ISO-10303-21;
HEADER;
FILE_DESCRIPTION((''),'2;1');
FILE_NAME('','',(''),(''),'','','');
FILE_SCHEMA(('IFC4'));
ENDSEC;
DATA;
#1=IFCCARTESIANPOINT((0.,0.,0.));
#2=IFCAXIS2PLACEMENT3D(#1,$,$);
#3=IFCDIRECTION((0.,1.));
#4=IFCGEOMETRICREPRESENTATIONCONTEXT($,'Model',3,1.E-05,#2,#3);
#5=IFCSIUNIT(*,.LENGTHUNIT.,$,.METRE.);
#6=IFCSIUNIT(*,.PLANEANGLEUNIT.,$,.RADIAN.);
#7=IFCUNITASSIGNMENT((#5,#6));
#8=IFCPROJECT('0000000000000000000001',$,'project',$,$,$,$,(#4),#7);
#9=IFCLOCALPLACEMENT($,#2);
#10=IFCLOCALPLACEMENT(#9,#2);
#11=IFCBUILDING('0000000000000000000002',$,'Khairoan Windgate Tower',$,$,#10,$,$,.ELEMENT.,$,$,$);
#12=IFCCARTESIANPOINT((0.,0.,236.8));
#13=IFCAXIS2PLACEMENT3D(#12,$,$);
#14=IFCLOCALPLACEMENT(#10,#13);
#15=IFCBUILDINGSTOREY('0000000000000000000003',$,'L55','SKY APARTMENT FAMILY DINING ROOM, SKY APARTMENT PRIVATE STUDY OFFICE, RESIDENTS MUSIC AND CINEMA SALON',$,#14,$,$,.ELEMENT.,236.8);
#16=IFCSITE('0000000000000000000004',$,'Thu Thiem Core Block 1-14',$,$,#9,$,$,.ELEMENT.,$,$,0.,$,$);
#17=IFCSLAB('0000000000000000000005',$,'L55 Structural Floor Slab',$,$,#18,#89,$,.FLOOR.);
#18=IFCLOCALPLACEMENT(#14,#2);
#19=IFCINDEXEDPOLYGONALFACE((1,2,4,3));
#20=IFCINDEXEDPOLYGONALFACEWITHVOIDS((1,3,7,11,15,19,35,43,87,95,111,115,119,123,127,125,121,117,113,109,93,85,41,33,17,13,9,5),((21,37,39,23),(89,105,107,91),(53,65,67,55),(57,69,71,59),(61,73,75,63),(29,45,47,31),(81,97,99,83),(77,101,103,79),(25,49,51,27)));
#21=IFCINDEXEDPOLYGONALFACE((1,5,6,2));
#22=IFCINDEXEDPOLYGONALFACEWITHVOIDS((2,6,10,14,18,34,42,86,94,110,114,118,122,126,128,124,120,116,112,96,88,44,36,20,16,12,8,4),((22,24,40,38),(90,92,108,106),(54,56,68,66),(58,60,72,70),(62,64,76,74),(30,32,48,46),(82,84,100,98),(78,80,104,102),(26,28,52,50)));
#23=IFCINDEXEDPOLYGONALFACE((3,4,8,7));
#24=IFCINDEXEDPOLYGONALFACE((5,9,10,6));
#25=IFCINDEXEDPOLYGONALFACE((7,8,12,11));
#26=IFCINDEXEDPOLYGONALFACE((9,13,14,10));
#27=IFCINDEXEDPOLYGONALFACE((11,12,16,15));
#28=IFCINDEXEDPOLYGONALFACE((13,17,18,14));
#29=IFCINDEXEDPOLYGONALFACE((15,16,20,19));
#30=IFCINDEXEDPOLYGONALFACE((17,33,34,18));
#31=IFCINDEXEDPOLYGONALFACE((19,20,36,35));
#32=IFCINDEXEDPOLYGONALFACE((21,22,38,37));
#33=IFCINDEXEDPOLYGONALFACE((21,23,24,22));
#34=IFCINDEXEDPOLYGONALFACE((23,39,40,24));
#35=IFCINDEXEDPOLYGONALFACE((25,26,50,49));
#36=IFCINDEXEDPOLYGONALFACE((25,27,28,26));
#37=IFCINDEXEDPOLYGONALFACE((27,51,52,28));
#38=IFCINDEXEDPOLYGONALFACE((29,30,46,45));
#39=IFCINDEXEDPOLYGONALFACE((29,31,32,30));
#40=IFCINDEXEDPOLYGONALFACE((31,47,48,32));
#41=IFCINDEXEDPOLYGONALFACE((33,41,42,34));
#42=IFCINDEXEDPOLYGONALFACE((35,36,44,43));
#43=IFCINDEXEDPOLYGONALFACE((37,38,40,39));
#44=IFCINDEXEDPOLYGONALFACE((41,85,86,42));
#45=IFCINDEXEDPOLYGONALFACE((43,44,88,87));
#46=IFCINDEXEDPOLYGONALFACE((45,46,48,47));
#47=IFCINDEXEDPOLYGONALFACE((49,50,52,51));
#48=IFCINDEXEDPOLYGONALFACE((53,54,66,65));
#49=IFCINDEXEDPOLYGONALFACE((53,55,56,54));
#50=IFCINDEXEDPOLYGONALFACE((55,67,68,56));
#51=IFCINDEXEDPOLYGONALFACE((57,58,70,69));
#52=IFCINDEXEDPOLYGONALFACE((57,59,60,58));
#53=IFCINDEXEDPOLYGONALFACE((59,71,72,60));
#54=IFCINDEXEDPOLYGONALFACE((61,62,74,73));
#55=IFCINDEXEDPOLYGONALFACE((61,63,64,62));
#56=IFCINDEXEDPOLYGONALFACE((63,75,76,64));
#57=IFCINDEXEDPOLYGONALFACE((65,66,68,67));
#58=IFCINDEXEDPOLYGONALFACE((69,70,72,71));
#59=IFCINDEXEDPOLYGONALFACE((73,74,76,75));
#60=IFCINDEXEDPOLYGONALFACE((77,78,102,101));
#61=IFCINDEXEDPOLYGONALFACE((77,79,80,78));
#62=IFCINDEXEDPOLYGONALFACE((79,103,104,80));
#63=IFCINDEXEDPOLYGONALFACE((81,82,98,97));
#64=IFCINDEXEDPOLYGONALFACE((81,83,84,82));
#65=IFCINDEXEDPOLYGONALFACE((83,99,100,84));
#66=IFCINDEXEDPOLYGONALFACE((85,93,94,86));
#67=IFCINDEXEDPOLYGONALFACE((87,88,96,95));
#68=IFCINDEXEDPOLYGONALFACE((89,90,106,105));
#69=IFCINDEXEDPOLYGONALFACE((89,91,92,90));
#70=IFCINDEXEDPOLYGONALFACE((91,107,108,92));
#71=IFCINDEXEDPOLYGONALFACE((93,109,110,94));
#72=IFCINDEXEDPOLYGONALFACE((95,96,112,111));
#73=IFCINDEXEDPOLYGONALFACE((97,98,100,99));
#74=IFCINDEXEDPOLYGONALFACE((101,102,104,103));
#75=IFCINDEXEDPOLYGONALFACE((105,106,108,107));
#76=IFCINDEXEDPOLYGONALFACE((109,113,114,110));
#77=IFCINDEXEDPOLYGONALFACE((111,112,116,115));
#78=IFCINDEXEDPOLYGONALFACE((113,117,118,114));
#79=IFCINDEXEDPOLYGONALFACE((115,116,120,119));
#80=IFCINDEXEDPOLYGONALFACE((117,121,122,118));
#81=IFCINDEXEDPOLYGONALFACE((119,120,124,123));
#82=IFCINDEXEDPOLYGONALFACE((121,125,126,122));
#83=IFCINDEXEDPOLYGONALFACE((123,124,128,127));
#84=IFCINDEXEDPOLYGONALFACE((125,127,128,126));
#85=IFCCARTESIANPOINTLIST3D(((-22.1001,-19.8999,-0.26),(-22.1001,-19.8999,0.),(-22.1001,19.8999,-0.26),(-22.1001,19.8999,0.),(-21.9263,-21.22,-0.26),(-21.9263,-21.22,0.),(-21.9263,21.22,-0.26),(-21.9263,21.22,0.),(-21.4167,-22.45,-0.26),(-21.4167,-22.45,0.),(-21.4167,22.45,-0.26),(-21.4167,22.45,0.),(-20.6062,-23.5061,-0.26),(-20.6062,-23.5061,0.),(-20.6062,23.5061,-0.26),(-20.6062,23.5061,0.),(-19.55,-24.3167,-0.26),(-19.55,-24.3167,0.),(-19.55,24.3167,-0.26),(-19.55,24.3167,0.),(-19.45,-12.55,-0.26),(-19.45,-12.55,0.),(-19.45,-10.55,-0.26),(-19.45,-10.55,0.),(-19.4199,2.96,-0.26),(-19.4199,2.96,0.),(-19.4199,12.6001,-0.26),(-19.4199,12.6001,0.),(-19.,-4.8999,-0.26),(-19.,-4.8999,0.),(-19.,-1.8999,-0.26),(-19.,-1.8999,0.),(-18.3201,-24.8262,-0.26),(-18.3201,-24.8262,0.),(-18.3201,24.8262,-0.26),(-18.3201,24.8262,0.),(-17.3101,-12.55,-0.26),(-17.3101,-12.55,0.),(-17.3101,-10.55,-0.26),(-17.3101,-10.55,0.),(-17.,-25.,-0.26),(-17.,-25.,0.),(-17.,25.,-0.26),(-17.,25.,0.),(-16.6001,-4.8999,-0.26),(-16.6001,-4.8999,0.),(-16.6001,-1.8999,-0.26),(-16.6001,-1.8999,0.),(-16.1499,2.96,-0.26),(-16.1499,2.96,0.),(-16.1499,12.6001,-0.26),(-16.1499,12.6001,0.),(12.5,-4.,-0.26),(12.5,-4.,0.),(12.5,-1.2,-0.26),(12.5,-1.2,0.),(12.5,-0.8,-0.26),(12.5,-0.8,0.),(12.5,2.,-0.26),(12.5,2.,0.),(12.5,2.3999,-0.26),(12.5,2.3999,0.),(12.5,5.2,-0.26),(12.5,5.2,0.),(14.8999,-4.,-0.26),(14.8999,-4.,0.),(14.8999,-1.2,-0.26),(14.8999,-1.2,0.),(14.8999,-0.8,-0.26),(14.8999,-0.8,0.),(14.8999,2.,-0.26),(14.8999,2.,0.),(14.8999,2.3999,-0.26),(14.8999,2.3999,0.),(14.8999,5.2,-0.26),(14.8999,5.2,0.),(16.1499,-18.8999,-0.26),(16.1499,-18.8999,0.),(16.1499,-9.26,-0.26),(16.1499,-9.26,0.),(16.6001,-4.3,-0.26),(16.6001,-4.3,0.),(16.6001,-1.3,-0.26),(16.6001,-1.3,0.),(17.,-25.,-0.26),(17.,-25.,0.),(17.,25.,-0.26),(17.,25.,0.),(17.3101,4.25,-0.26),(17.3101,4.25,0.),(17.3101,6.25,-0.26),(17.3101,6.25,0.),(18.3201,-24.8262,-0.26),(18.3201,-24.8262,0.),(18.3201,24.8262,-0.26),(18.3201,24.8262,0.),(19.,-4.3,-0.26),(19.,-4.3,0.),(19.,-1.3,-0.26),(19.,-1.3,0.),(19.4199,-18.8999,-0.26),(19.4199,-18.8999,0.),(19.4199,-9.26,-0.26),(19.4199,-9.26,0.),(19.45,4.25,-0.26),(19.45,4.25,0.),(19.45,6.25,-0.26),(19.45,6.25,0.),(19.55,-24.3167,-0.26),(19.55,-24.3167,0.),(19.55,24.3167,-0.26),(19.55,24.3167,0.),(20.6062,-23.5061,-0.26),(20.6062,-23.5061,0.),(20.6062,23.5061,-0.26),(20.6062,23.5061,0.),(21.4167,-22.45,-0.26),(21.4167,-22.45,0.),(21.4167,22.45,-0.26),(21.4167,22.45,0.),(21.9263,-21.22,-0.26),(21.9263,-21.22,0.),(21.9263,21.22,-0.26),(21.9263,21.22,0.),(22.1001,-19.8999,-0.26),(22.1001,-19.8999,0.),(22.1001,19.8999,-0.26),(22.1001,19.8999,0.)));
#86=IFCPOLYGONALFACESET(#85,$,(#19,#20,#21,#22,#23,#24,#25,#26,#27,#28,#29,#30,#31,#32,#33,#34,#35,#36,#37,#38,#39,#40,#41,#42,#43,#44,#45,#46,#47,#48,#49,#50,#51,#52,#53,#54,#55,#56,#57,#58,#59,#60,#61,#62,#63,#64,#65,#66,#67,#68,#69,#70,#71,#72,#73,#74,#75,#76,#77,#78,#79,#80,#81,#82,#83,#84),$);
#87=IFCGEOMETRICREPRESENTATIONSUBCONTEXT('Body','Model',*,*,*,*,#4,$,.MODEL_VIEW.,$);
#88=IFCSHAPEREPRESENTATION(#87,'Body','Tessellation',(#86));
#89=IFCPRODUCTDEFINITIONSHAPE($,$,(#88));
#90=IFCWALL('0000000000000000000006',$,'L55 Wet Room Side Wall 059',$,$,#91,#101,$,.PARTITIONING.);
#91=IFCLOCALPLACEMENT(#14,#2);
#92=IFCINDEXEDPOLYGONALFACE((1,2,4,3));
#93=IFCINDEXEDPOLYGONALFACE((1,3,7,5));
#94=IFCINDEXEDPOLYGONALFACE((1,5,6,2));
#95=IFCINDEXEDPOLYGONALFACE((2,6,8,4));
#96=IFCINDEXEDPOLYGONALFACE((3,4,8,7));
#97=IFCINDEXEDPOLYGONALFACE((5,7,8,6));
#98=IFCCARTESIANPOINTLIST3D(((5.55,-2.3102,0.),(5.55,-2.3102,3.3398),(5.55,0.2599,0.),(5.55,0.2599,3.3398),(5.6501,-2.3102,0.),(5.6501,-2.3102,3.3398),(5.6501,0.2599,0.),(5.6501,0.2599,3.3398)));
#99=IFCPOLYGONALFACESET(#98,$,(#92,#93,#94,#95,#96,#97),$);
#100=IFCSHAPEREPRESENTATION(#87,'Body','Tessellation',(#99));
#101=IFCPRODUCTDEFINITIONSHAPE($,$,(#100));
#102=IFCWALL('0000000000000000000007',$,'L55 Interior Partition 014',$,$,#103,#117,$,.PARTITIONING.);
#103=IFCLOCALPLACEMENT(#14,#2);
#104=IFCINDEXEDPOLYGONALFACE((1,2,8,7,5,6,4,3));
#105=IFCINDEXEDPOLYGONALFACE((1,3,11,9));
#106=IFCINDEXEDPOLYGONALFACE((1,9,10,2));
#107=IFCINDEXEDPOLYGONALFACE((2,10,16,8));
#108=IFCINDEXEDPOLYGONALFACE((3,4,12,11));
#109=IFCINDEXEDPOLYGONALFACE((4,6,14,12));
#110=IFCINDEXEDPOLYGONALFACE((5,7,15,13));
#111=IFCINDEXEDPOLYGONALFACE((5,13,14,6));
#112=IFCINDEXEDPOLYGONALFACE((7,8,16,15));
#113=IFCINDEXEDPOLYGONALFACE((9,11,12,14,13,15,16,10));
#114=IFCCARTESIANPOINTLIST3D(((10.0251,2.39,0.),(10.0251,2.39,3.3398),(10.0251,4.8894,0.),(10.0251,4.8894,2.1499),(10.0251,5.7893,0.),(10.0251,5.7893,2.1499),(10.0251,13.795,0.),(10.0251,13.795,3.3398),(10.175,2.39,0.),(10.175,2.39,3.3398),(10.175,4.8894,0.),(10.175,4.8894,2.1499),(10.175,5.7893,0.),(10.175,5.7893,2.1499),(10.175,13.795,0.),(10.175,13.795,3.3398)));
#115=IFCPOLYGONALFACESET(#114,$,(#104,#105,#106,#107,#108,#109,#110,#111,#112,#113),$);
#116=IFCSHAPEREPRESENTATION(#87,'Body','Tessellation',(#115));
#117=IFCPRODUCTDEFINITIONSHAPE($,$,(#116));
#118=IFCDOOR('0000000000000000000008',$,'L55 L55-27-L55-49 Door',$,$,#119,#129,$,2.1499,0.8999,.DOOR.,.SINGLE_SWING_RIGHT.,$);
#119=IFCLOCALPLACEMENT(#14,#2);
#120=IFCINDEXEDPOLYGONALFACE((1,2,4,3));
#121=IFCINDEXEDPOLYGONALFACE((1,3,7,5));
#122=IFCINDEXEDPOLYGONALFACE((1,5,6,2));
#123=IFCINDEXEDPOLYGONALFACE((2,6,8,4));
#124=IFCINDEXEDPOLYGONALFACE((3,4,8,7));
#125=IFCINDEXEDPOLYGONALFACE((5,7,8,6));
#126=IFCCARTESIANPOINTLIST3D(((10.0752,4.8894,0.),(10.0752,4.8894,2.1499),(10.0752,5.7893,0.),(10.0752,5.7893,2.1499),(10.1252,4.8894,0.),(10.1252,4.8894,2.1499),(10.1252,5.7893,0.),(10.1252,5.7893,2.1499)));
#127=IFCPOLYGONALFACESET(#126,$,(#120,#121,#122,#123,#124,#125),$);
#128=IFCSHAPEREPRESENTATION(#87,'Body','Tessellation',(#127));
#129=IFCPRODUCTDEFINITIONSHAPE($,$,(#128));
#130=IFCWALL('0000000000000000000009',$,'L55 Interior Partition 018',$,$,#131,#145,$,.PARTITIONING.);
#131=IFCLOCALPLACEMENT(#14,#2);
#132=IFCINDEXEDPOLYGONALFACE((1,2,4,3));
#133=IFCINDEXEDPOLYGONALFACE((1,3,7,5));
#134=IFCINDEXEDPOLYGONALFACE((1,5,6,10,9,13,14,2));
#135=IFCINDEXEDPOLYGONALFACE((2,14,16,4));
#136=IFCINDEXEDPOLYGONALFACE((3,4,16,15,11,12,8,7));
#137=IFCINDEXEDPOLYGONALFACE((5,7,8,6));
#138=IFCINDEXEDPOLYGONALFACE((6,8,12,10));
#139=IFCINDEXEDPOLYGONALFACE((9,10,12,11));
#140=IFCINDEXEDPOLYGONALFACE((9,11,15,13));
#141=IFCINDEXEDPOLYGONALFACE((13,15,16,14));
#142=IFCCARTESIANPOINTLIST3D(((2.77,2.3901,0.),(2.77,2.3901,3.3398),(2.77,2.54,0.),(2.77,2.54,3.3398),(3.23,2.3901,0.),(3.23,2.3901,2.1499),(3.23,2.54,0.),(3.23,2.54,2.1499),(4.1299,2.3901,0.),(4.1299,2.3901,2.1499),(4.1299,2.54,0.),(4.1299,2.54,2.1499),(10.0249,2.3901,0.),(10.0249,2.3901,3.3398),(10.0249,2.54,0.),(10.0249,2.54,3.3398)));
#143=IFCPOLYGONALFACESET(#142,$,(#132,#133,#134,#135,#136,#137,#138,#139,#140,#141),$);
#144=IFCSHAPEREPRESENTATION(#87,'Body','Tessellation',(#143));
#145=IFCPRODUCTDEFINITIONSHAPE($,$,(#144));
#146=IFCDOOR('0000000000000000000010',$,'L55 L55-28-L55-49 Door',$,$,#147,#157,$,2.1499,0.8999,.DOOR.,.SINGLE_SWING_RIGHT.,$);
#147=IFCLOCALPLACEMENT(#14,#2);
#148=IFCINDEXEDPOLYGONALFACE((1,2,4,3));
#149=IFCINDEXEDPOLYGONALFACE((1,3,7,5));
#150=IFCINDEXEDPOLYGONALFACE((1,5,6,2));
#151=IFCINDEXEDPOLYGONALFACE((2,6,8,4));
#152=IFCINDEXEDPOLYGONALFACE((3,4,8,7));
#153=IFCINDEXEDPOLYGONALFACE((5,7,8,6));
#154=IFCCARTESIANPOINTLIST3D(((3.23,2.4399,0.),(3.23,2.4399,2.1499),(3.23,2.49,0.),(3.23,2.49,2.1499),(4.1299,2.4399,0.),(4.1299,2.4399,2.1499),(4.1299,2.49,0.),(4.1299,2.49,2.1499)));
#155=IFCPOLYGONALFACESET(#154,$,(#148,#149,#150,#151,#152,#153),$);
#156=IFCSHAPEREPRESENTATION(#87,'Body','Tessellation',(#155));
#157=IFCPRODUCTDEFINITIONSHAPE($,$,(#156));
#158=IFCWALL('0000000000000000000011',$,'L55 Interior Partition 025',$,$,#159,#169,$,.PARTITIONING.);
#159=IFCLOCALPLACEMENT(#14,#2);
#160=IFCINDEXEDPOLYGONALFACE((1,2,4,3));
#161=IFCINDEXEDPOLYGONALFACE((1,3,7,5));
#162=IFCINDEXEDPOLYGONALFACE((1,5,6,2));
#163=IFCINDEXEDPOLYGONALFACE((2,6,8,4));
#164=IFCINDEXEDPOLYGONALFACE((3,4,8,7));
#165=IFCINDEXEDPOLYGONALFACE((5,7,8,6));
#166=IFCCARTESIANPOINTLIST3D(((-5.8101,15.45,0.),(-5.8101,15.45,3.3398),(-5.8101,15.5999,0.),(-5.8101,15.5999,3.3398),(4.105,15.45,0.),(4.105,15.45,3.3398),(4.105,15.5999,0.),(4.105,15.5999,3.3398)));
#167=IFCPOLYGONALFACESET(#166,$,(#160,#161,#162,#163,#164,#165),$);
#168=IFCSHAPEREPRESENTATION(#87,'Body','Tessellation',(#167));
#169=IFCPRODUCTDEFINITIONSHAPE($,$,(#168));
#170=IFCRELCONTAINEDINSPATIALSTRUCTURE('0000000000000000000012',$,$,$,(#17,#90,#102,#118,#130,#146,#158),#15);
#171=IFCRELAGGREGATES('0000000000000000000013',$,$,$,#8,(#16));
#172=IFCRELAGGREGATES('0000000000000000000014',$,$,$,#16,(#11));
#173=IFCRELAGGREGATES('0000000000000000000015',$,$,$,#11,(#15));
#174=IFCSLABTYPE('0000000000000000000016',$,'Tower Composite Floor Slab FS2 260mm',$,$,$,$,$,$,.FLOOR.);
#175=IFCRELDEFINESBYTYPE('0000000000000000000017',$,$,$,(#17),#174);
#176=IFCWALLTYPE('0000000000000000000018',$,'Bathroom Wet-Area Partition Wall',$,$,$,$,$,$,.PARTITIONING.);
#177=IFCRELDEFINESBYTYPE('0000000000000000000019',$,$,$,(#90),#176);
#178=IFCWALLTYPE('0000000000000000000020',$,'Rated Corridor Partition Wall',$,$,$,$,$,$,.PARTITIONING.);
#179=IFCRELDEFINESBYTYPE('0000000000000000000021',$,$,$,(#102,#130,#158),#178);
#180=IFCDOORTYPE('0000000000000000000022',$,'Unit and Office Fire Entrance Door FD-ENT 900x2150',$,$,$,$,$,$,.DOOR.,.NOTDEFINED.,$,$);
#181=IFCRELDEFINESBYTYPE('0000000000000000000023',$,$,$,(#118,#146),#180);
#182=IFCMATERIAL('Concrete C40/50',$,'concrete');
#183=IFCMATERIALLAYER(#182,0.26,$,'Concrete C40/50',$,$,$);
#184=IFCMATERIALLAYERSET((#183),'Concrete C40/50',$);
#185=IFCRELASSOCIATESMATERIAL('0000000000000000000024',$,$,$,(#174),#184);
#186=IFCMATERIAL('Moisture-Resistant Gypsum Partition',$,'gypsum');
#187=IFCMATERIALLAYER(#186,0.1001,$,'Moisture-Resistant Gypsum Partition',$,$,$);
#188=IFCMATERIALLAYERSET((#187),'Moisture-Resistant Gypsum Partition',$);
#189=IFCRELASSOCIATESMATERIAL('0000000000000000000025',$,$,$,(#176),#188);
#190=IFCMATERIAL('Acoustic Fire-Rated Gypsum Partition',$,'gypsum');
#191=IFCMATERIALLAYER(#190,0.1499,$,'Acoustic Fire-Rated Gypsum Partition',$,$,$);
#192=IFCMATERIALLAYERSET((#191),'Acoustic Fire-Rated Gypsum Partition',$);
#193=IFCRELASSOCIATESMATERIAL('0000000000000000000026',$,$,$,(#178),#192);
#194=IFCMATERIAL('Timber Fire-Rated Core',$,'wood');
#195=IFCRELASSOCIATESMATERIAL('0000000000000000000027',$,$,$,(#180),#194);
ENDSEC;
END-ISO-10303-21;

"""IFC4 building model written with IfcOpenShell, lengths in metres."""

from ifc_helpers import new_model, si_unit, direction, frame, frame_2d, origin, place, context, subcontext, project, spatial, polyline, rectangle, outline, extrude, material, layer, layer_set, type_object, element, fill, save


model = new_model("IFC4")

# Units and contexts
model_context = context("Model", 3, precision=1e-05, world=origin(), true_north=direction((0.0, 1.0)))
body_context = subcontext(model_context, "Body", "Model", "MODEL_VIEW")
ifc_project = project(units=[si_unit("LENGTHUNIT", "METRE"), si_unit("PLANEANGLEUNIT", "RADIAN")], contexts=[model_context])

# Site, building, storey
site_placement = place(None, origin())
site = spatial("IfcSite", under=ifc_project, at=site_placement, Name="Thu Thiem Core Block 1-14", CompositionType="ELEMENT", RefElevation=0.0)
building_placement = place(site_placement, origin())
building = spatial("IfcBuilding", under=site, at=building_placement, Name="Khairoan Windgate Tower", CompositionType="ELEMENT")
storey_placement = place(building_placement, frame((0.0, 0.0, 236.8)))
storey = spatial("IfcBuildingStorey", under=building, at=storey_placement, Name="L55", Description="SKY APARTMENT FAMILY DINING ROOM, SKY APARTMENT PRIVATE STUDY OFFICE, RESIDENTS MUSIC AND CINEMA SALON", CompositionType="ELEMENT", Elevation=236.8)

# Slab
ifc_material_1 = material(Name="Concrete C40/50", Category="concrete")
ifc_layer_1 = layer(ifc_material_1, 0.26, Name="Concrete C40/50")
ifc_layer_set_1 = layer_set([ifc_layer_1], Name="Concrete C40/50")
slab_type_1 = type_object("IfcSlabType", Name="Tower Composite Floor Slab FS2 260mm", PredefinedType="FLOOR", material=ifc_layer_set_1)
slab_1_placement = place(storey_placement, frame((0.0, 0.0, -0.26)))
element("IfcSlab", 1, at=slab_1_placement, inside=storey, type_object=slab_type_1, Name="L55 Structural Floor Slab", PredefinedType="FLOOR", context=body_context, shape_type="SweptSolid", body=[
    extrude(outline(polyline([(17.0, -25.0), (18.3201, -24.8262), (19.55, -24.3167), (20.6062, -23.5061), (21.4167, -22.45), (21.9263, -21.22), (22.1001, -19.8999), (22.1001, 19.8999), (21.9263, 21.22), (21.4167, 22.45), (20.6062, 23.5061), (19.55, 24.3167), (18.3201, 24.8262), (17.0, 25.0), (-17.0, 25.0), (-18.3201, 24.8262), (-19.55, 24.3167), (-20.6062, 23.5061), (-21.4167, 22.45), (-21.9263, 21.22), (-22.1001, 19.8999), (-22.1001, -19.8999), (-21.9263, -21.22), (-21.4167, -22.45), (-20.6062, -23.5061), (-19.55, -24.3167), (-18.3201, -24.8262), (-17.0, -25.0), (17.0, -25.0)]), holes=[polyline([(16.1499, -9.26), (16.1499, -18.8999), (19.4199, -18.8999), (19.4199, -9.26), (16.1499, -9.26)]), polyline([(-16.1499, 2.96), (-16.1499, 12.6001), (-19.4199, 12.6001), (-19.4199, 2.96), (-16.1499, 2.96)]), polyline([(12.5, 2.3999), (14.8999, 2.3999), (14.8999, 5.2), (12.5, 5.2), (12.5, 2.3999)]), polyline([(12.5, -0.8), (14.8999, -0.8), (14.8999, 2.0), (12.5, 2.0), (12.5, -0.8)]), polyline([(12.5, -4.0), (14.8999, -4.0), (14.8999, -1.2), (12.5, -1.2), (12.5, -4.0)]), polyline([(16.6001, -4.3), (19.0, -4.3), (19.0, -1.3), (16.6001, -1.3), (16.6001, -4.3)]), polyline([(-19.0, -4.8999), (-16.6001, -4.8999), (-16.6001, -1.8999), (-19.0, -1.8999), (-19.0, -4.8999)]), polyline([(-19.45, -12.55), (-17.3101, -12.55), (-17.3101, -10.55), (-19.45, -10.55), (-19.45, -12.55)]), polyline([(17.3101, 4.25), (19.45, 4.25), (19.45, 6.25), (17.3101, 6.25), (17.3101, 4.25)])]), origin(), (0.0, 0.0, 1.0), 0.26),
])

# Wall
ifc_material_2 = material(Name="Moisture-Resistant Gypsum Partition", Category="gypsum")
ifc_layer_2 = layer(ifc_material_2, 0.1001, Name="Moisture-Resistant Gypsum Partition")
ifc_layer_set_2 = layer_set([ifc_layer_2], Name="Moisture-Resistant Gypsum Partition")
wall_type_1 = type_object("IfcWallType", Name="Bathroom Wet-Area Partition Wall", PredefinedType="PARTITIONING", material=ifc_layer_set_2)
wall_1_placement = place(storey_placement, frame((5.6001, 0.26, 0.0), z_axis=(0.0, 0.0, 1.0), x_axis=(0.0, -1.0, 0.0)))
element("IfcWall", 2, at=wall_1_placement, inside=storey, type_object=wall_type_1, Name="L55 Wet Room Side Wall 059", PredefinedType="PARTITIONING", context=body_context, shape_type="SweptSolid", body=[
    extrude(rectangle(XDim=2.5701, YDim=0.1001, at=frame_2d((1.2852, 0.0))), origin(), (0.0, 0.0, 1.0), 3.3398),
])

# Walls, openings, doors
ifc_material_3 = material(Name="Acoustic Fire-Rated Gypsum Partition", Category="gypsum")
ifc_layer_3 = layer(ifc_material_3, 0.1499, Name="Acoustic Fire-Rated Gypsum Partition")
ifc_layer_set_3 = layer_set([ifc_layer_3], Name="Acoustic Fire-Rated Gypsum Partition")
wall_type_2 = type_object("IfcWallType", Name="Rated Corridor Partition Wall", PredefinedType="PARTITIONING", material=ifc_layer_set_3)
wall_2_placement = place(storey_placement, frame((10.1001, 2.3899, 0.0), z_axis=(0.0, 0.0, 1.0), x_axis=(0.0, 1.0, 0.0)))
wall_2 = element("IfcWall", 3, at=wall_2_placement, inside=storey, type_object=wall_type_2, Name="L55 Interior Partition 014", PredefinedType="PARTITIONING", context=body_context, shape_type="SweptSolid", body=[
    extrude(rectangle(XDim=11.405, YDim=0.1499, at=frame_2d((5.7026, 0.0))), origin(), (0.0, 0.0, 1.0), 3.3398),
])
opening_1_placement = place(wall_2_placement, frame((2.4995, 0.0, 0.0)))
opening_1 = element("IfcOpeningElement", 4, at=opening_1_placement, cuts=wall_2, PredefinedType="OPENING", context=body_context, shape_type="SweptSolid", body=[
    extrude(rectangle(XDim=0.8999, YDim=2.1499, at=frame_2d((0.45, 1.075))), frame((0.0, 0.085, 0.0), z_axis=(0.0, -1.0, 0.0), x_axis=(1.0, 0.0, 0.0)), (0.0, 0.0, 1.0), 0.1699),
])
ifc_material_4 = material(Name="Timber Fire-Rated Core", Category="wood")
door_type = type_object("IfcDoorType", Name="Unit and Office Fire Entrance Door FD-ENT 900x2150", OperationType="NOTDEFINED", PredefinedType="DOOR", material=ifc_material_4)
door_1_placement = place(opening_1_placement, origin())
door_1 = element("IfcDoor", 5, at=door_1_placement, inside=storey, type_object=door_type, Name="L55 L55-27-L55-49 Door", OperationType="SINGLE_SWING_RIGHT", OverallHeight=2.1499, OverallWidth=0.8999, PredefinedType="DOOR", context=body_context, shape_type="SweptSolid", body=[
    extrude(rectangle(XDim=0.8999, YDim=2.1499, at=frame_2d((0.45, 1.075))), frame((0.0, 0.0249, 0.0), z_axis=(0.0, -1.0, 0.0), x_axis=(1.0, 0.0, 0.0)), (0.0, 0.0, 1.0), 0.05),
])
fill(opening_1, door_1)
wall_3_placement = place(storey_placement, frame((2.77, 2.4651, 0.0), z_axis=(0.0, 0.0, 1.0), x_axis=(1.0, 0.0, 0.0)))
wall_3 = element("IfcWall", 6, at=wall_3_placement, inside=storey, type_object=wall_type_2, Name="L55 Interior Partition 018", PredefinedType="PARTITIONING", context=body_context, shape_type="SweptSolid", body=[
    extrude(rectangle(XDim=7.2549, YDim=0.1499, at=frame_2d((3.6274, 0.0))), origin(), (0.0, 0.0, 1.0), 3.3398),
])
opening_2_placement = place(wall_3_placement, frame((0.46, 0.0, 0.0)))
opening_2 = element("IfcOpeningElement", 7, at=opening_2_placement, cuts=wall_3, PredefinedType="OPENING", context=body_context, shape_type="SweptSolid", body=[
    extrude(rectangle(XDim=0.8999, YDim=2.1499, at=frame_2d((0.45, 1.075))), frame((0.0, 0.085, 0.0), z_axis=(0.0, -1.0, 0.0), x_axis=(1.0, 0.0, 0.0)), (0.0, 0.0, 1.0), 0.1699),
])
door_2_placement = place(opening_2_placement, origin())
door_2 = element("IfcDoor", 8, at=door_2_placement, inside=storey, type_object=door_type, Name="L55 L55-28-L55-49 Door", OperationType="SINGLE_SWING_RIGHT", OverallHeight=2.1499, OverallWidth=0.8999, PredefinedType="DOOR", context=body_context, shape_type="SweptSolid", body=[
    extrude(rectangle(XDim=0.8999, YDim=2.1499, at=frame_2d((0.45, 1.075))), frame((0.0, 0.0249, 0.0), z_axis=(0.0, -1.0, 0.0), x_axis=(1.0, 0.0, 0.0)), (0.0, 0.0, 1.0), 0.05),
])
fill(opening_2, door_2)

# Wall
wall_4_placement = place(storey_placement, frame((-5.8101, 15.5249, 0.0), z_axis=(0.0, 0.0, 1.0), x_axis=(1.0, 0.0, 0.0)))
element("IfcWall", 9, at=wall_4_placement, inside=storey, type_object=wall_type_2, Name="L55 Interior Partition 025", PredefinedType="PARTITIONING", context=body_context, shape_type="SweptSolid", body=[
    extrude(rectangle(XDim=9.915, YDim=0.1499, at=frame_2d((4.9575, 0.0))), origin(), (0.0, 0.0, 1.0), 3.3398),
])

save(model, "model.ifc")
